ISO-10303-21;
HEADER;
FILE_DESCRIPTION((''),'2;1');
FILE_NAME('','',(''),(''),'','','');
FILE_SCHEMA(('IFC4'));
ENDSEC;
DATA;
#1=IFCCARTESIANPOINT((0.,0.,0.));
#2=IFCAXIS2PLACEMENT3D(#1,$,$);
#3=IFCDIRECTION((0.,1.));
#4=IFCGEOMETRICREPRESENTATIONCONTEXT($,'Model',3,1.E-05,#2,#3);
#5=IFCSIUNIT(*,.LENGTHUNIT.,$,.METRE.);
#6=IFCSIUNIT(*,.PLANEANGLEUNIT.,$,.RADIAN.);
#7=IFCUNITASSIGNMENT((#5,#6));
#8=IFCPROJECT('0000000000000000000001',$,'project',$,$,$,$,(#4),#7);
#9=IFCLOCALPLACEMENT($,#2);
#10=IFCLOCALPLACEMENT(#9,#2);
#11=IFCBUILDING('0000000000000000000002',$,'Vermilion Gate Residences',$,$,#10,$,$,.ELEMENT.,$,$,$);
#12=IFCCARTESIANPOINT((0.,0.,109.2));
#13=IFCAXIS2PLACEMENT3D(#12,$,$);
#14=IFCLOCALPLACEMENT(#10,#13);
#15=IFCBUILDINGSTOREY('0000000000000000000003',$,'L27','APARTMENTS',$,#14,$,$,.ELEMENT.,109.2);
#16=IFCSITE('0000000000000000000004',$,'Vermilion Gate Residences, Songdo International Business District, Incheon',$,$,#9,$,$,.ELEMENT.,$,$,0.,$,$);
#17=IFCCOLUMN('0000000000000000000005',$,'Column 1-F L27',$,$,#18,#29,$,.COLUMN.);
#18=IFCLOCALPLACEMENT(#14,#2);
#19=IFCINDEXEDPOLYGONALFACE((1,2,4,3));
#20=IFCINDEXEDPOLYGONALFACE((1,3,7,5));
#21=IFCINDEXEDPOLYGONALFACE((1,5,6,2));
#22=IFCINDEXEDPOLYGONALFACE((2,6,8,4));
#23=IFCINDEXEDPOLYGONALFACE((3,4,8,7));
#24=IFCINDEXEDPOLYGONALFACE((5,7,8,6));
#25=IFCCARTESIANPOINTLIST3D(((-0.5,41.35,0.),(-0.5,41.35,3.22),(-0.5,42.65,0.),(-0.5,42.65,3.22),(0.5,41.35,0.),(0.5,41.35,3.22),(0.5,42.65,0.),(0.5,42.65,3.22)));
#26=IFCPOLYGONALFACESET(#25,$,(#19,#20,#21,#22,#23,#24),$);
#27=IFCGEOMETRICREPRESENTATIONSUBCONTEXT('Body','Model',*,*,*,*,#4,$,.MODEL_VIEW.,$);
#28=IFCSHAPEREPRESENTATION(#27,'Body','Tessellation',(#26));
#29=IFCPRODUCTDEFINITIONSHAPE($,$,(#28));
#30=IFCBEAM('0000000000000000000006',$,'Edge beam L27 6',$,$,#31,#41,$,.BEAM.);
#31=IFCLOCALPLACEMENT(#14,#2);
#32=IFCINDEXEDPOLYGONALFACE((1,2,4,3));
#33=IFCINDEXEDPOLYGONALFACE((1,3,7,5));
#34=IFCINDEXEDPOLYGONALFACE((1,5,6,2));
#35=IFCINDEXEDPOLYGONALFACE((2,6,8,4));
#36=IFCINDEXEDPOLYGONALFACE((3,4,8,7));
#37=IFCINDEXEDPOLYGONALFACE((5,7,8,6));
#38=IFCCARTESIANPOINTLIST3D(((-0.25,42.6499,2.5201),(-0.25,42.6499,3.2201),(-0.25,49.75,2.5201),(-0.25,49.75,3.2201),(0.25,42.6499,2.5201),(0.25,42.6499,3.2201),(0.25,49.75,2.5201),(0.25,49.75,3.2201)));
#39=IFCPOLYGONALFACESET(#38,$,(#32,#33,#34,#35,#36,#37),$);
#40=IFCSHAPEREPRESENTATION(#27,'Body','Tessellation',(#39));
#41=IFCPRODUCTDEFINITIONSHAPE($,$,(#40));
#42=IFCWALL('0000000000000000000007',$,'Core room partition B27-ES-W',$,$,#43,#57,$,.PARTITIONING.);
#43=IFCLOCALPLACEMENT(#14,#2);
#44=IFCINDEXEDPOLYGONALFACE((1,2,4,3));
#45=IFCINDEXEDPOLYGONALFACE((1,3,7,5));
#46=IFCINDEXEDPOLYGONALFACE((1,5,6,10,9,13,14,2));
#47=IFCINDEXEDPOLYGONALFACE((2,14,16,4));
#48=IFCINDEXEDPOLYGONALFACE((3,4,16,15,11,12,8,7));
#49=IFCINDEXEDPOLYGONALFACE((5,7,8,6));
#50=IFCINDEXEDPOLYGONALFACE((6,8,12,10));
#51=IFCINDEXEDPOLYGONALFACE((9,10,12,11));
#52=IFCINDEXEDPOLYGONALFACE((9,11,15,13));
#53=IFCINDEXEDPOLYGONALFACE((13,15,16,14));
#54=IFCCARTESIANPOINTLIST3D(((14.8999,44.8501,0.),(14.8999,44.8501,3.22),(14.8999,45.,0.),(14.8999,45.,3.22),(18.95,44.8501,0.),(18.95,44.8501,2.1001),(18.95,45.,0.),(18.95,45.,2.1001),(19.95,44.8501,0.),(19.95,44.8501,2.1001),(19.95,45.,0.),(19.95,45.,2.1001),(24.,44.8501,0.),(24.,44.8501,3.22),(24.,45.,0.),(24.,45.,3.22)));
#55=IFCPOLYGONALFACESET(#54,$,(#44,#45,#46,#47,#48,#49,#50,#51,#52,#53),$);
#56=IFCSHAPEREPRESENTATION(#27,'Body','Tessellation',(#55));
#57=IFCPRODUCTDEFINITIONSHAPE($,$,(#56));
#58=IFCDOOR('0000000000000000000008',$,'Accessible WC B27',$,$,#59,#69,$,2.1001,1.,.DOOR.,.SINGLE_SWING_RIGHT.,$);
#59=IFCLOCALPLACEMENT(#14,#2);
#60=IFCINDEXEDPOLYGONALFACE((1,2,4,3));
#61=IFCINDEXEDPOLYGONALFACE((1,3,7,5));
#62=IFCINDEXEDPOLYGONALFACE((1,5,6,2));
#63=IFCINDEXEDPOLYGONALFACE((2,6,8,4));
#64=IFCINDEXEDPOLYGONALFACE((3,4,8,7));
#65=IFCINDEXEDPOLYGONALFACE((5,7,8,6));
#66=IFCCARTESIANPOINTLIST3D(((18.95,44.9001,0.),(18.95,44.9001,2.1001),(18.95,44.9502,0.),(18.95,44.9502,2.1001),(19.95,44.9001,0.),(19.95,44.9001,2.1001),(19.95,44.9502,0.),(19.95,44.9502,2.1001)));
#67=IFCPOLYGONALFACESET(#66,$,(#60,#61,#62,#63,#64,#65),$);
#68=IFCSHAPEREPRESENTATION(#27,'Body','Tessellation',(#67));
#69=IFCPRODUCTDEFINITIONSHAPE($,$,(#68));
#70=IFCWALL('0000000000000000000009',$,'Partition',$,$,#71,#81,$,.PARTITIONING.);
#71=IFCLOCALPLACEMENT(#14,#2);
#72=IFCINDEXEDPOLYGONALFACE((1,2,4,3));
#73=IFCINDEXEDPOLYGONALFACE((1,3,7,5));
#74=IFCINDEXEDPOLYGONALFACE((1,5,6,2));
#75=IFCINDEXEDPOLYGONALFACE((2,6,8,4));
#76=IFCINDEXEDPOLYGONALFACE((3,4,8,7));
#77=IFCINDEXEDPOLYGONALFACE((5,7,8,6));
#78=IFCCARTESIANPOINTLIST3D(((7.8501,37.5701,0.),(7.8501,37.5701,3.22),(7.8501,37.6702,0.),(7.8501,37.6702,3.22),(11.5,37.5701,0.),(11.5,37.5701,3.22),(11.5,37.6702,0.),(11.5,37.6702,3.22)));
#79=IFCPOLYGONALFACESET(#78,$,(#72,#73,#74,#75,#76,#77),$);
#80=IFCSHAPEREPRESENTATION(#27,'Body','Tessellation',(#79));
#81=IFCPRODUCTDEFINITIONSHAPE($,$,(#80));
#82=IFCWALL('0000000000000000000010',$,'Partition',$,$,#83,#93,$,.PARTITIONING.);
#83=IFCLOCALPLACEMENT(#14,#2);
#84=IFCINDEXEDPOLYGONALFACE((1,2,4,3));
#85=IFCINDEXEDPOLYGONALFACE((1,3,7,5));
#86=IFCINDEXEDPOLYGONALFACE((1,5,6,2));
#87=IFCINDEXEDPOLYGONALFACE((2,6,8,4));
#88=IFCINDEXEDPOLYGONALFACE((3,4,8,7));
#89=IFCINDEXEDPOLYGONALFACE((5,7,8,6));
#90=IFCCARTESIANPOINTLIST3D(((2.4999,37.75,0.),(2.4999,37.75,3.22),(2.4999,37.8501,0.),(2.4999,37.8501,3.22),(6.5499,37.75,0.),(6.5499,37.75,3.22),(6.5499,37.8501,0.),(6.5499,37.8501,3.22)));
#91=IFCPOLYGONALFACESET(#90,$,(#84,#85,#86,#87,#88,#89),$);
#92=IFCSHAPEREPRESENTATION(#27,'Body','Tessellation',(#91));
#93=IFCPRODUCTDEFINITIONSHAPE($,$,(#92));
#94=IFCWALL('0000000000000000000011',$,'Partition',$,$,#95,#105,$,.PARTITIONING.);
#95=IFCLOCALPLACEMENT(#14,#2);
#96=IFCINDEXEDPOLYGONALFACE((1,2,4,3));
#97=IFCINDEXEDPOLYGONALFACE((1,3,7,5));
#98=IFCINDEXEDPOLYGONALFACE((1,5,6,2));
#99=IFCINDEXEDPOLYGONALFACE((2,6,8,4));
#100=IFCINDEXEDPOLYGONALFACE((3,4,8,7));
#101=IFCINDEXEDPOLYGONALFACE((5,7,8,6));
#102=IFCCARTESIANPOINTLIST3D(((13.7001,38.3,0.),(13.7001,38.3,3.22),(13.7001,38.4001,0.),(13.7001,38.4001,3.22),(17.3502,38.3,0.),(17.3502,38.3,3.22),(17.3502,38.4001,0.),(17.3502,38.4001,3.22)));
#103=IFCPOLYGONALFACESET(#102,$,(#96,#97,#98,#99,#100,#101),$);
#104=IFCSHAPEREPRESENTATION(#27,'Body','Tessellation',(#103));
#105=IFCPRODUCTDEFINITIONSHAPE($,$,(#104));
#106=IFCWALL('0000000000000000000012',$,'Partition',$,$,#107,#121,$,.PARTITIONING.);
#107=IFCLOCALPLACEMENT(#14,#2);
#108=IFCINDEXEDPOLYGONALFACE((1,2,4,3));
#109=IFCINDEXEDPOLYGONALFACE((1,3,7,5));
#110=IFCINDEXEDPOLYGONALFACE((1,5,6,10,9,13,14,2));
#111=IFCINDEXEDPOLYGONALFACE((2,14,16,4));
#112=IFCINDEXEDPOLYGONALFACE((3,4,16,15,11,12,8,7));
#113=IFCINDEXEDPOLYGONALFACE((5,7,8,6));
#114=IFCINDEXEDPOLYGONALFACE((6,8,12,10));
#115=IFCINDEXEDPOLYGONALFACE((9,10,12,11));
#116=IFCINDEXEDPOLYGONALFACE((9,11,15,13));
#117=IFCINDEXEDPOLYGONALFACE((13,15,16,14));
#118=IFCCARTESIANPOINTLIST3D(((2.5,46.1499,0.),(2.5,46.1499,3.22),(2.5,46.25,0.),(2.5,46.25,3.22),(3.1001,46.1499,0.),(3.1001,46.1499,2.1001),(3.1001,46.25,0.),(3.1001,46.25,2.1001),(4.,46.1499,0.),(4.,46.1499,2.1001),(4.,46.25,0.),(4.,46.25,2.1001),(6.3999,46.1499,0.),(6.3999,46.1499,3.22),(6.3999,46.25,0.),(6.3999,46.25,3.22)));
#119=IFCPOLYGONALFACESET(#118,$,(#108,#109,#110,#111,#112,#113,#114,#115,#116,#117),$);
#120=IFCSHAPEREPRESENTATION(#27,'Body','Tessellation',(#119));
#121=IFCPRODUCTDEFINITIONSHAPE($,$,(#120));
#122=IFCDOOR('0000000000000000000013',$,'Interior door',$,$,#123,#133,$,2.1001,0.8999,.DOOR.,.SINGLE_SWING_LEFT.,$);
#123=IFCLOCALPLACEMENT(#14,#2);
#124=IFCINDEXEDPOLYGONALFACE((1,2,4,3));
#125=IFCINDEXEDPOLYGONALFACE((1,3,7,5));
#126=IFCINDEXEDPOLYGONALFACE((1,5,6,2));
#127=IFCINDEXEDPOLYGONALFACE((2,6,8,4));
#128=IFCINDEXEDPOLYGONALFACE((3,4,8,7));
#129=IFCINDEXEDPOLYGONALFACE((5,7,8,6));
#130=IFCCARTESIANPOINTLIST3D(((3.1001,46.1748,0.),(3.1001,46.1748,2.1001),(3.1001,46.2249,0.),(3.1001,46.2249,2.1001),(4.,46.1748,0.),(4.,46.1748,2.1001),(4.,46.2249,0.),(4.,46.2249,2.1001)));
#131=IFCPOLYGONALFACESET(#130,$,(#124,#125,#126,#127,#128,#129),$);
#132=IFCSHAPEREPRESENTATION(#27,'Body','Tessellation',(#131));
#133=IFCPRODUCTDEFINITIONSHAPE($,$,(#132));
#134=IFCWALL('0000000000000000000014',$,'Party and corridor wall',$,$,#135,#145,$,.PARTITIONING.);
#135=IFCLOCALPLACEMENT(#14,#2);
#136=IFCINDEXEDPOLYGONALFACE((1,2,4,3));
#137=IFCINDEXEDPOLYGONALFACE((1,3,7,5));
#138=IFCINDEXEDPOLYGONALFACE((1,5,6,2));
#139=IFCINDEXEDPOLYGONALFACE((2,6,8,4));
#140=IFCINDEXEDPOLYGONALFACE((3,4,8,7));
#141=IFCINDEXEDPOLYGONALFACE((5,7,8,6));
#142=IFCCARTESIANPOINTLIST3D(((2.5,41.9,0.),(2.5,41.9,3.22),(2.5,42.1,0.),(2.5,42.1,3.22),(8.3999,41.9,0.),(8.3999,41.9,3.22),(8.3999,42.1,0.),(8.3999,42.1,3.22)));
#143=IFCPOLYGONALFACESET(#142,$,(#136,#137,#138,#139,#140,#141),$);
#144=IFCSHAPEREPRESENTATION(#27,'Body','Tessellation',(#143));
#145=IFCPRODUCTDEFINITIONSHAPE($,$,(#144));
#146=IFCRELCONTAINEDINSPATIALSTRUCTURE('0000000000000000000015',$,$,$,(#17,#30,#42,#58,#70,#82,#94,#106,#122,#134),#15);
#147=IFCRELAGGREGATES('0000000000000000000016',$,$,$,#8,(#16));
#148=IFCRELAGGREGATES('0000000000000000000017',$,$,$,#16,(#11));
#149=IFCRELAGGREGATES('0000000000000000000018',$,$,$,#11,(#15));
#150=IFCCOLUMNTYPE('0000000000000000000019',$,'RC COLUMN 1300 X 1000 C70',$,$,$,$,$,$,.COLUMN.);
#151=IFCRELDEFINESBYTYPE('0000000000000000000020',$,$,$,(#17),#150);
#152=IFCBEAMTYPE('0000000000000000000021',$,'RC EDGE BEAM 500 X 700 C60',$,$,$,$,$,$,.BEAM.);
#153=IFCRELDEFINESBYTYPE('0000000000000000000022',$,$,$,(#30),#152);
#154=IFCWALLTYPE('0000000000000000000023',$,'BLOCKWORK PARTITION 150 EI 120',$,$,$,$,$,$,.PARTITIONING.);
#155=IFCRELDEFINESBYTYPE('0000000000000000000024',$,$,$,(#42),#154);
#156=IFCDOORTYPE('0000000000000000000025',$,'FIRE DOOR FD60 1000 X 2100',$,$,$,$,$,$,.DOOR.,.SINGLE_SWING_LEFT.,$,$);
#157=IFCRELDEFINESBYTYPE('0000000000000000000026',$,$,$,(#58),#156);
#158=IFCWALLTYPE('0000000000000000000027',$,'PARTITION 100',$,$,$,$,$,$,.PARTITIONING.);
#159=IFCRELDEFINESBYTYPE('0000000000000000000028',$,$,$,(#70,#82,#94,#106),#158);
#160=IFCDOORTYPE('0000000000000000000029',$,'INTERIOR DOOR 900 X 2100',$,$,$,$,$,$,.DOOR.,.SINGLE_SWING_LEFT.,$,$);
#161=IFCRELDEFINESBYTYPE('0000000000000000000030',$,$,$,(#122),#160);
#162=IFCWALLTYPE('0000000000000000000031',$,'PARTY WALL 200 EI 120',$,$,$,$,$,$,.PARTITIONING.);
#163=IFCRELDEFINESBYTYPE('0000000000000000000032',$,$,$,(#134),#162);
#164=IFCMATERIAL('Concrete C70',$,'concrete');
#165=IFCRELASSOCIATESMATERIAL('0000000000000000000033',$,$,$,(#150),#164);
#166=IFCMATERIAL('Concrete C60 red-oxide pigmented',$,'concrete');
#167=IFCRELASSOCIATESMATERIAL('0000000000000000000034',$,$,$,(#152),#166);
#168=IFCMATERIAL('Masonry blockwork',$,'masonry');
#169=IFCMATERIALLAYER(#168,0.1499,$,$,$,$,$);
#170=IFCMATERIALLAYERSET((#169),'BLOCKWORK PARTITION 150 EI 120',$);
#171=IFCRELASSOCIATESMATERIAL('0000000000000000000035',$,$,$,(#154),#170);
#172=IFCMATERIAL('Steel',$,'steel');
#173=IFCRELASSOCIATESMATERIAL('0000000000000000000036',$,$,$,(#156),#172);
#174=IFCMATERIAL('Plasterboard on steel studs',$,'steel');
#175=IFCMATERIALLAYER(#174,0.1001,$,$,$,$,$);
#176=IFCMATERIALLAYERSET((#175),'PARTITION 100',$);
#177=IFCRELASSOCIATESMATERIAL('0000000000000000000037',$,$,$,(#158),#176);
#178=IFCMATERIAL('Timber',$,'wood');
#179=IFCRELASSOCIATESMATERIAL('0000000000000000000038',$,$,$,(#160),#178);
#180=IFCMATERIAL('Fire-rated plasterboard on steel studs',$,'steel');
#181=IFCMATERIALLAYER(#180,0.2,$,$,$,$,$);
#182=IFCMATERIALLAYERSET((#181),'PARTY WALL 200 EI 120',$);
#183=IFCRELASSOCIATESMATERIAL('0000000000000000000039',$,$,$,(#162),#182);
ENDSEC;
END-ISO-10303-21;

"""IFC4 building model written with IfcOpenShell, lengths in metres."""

from ifc_helpers import new_model, si_unit, direction, frame, frame_2d, origin, origin_2d, place, context, subcontext, project, spatial, rectangle, extrude, material, layer, layer_set, material_profile, profile_set, type_object, element, fill, save


model = new_model("IFC4")

# Units and contexts
model_context = context("Model", 3, precision=1e-05, world=origin(), true_north=direction((0.0, 1.0)))
body_context = subcontext(model_context, "Body", "Model", "MODEL_VIEW")
ifc_project = project(units=[si_unit("LENGTHUNIT", "METRE"), si_unit("PLANEANGLEUNIT", "RADIAN")], contexts=[model_context])

# Site, building, storey
site_placement = place(None, origin())
site = spatial("IfcSite", under=ifc_project, at=site_placement, Name="Vermilion Gate Residences, Songdo International Business District, Incheon", CompositionType="ELEMENT", RefElevation=0.0)
building_placement = place(site_placement, origin())
building = spatial("IfcBuilding", under=site, at=building_placement, Name="Vermilion Gate Residences", CompositionType="ELEMENT")
storey_placement = place(building_placement, frame((0.0, 0.0, 109.2)))
storey = spatial("IfcBuildingStorey", under=building, at=storey_placement, Name="L27", Description="APARTMENTS", CompositionType="ELEMENT", Elevation=109.2)

# Column
ifc_material_1 = material(Name="Concrete C70", Category="concrete")
ifc_material_profile_1 = material_profile(ifc_material_1, rectangle(XDim=1.3, YDim=1.0, at=origin_2d()), Name="RC-1300x1000")
ifc_profile_set_1 = profile_set([ifc_material_profile_1], Name="Concrete C70")
column_type = type_object("IfcColumnType", Name="RC COLUMN 1300 X 1000 C70", PredefinedType="COLUMN", material=ifc_profile_set_1)
column_placement = place(storey_placement, frame((0.0, 42.0, 0.0), z_axis=(0.0, 0.0, 1.0), x_axis=(0.0, 1.0, 0.0)))
element("IfcColumn", 1, at=column_placement, inside=storey, type_object=column_type, Name="Column 1-F L27", PredefinedType="COLUMN", context=body_context, shape_type="SweptSolid", body=[
    extrude(rectangle(XDim=1.3, YDim=1.0, at=origin_2d()), origin(), (0.0, 0.0, 1.0), 3.22),
])

# Beam
ifc_material_2 = material(Name="Concrete C60 red-oxide pigmented", Category="concrete")
ifc_material_profile_2 = material_profile(ifc_material_2, rectangle(XDim=0.5, YDim=0.7, at=origin_2d()), Name="RC-500x700")
ifc_profile_set_2 = profile_set([ifc_material_profile_2], Name="Concrete C60 red-oxide pigmented")
beam_type = type_object("IfcBeamType", Name="RC EDGE BEAM 500 X 700 C60", PredefinedType="BEAM", material=ifc_profile_set_2)
beam_placement = place(storey_placement, frame((0.0, 42.6499, 2.8701), z_axis=(0.0, 1.0, 0.0), x_axis=(-1.0, 0.0, 0.0)))
element("IfcBeam", 2, at=beam_placement, inside=storey, type_object=beam_type, Name="Edge beam L27 6", PredefinedType="BEAM", context=body_context, shape_type="SweptSolid", body=[
    extrude(rectangle(XDim=0.5, YDim=0.7, at=origin_2d()), origin(), (0.0, 0.0, 1.0), 7.1001),
])

# Wall, opening, door
ifc_material_3 = material(Name="Masonry blockwork", Category="masonry")
ifc_layer_1 = layer(ifc_material_3, 0.1499)
ifc_layer_set_1 = layer_set([ifc_layer_1], Name="BLOCKWORK PARTITION 150 EI 120")
wall_type_1 = type_object("IfcWallType", Name="BLOCKWORK PARTITION 150 EI 120", PredefinedType="PARTITIONING", material=ifc_layer_set_1)
wall_1_placement = place(storey_placement, frame((14.8999, 44.925, 0.0), z_axis=(0.0, 0.0, 1.0), x_axis=(1.0, 0.0, 0.0)))
wall_1 = element("IfcWall", 3, at=wall_1_placement, inside=storey, type_object=wall_type_1, Name="Core room partition B27-ES-W", PredefinedType="PARTITIONING", context=body_context, shape_type="SweptSolid", body=[
    extrude(rectangle(XDim=9.1001, YDim=0.1499, at=frame_2d((4.55, 0.0))), origin(), (0.0, 0.0, 1.0), 3.22),
])
opening_1_placement = place(wall_1_placement, frame((4.05, 0.0, 0.0)))
opening_1 = element("IfcOpeningElement", 4, at=opening_1_placement, cuts=wall_1, PredefinedType="OPENING", context=body_context, shape_type="SweptSolid", body=[
    extrude(rectangle(XDim=1.0, YDim=2.1001, at=frame_2d((0.5, 1.05))), frame((0.0, 0.085, 0.0), z_axis=(0.0, -1.0, 0.0), x_axis=(1.0, 0.0, 0.0)), (0.0, 0.0, 1.0), 0.1699),
])
ifc_material_4 = material(Name="Steel", Category="steel")
door_type_1 = type_object("IfcDoorType", Name="FIRE DOOR FD60 1000 X 2100", OperationType="SINGLE_SWING_LEFT", PredefinedType="DOOR", material=ifc_material_4)
door_1_placement = place(opening_1_placement, frame((1.0, 0.0, 0.0), z_axis=(0.0, 0.0, 1.0), x_axis=(-1.0, 0.0, 0.0)))
door_1 = element("IfcDoor", 5, at=door_1_placement, inside=storey, type_object=door_type_1, Name="Accessible WC B27", OperationType="SINGLE_SWING_RIGHT", OverallHeight=2.1001, OverallWidth=1.0, PredefinedType="DOOR", context=body_context, shape_type="SweptSolid", body=[
    extrude(rectangle(XDim=1.0, YDim=2.1001, at=frame_2d((0.5, 1.05))), frame((0.0, 0.0249, 0.0), z_axis=(0.0, -1.0, 0.0), x_axis=(1.0, 0.0, 0.0)), (0.0, 0.0, 1.0), 0.05),
])
fill(opening_1, door_1)

# Walls
ifc_material_5 = material(Name="Plasterboard on steel studs", Category="steel")
ifc_layer_2 = layer(ifc_material_5, 0.1001)
ifc_layer_set_2 = layer_set([ifc_layer_2], Name="PARTITION 100")
wall_type_2 = type_object("IfcWallType", Name="PARTITION 100", PredefinedType="PARTITIONING", material=ifc_layer_set_2)
wall_2_placement = place(storey_placement, frame((7.8501, 37.6201, 0.0), z_axis=(0.0, 0.0, 1.0), x_axis=(1.0, 0.0, 0.0)))
element("IfcWall", 6, at=wall_2_placement, inside=storey, type_object=wall_type_2, Name="Partition", PredefinedType="PARTITIONING", context=body_context, shape_type="SweptSolid", body=[
    extrude(rectangle(XDim=3.6499, YDim=0.1001, at=frame_2d((1.825, 0.0))), origin(), (0.0, 0.0, 1.0), 3.22),
])
wall_3_placement = place(storey_placement, frame((2.5, 37.8, 0.0), z_axis=(0.0, 0.0, 1.0), x_axis=(1.0, 0.0, 0.0)))
element("IfcWall", 7, at=wall_3_placement, inside=storey, type_object=wall_type_2, Name="Partition", PredefinedType="PARTITIONING", context=body_context, shape_type="SweptSolid", body=[
    extrude(rectangle(XDim=4.05, YDim=0.1001, at=frame_2d((2.0249, 0.0))), origin(), (0.0, 0.0, 1.0), 3.22),
])
wall_4_placement = place(storey_placement, frame((13.7, 38.3501, 0.0), z_axis=(0.0, 0.0, 1.0), x_axis=(1.0, 0.0, 0.0)))
element("IfcWall", 8, at=wall_4_placement, inside=storey, type_object=wall_type_2, Name="Partition", PredefinedType="PARTITIONING", context=body_context, shape_type="SweptSolid", body=[
    extrude(rectangle(XDim=3.6501, YDim=0.1001, at=frame_2d((1.8252, 0.0))), origin(), (0.0, 0.0, 1.0), 3.22),
])

# Wall, opening, door
wall_5_placement = place(storey_placement, frame((2.5, 46.2, 0.0), z_axis=(0.0, 0.0, 1.0), x_axis=(1.0, 0.0, 0.0)))
wall_5 = element("IfcWall", 9, at=wall_5_placement, inside=storey, type_object=wall_type_2, Name="Partition", PredefinedType="PARTITIONING", context=body_context, shape_type="SweptSolid", body=[
    extrude(rectangle(XDim=3.8999, YDim=0.1001, at=frame_2d((1.95, 0.0))), origin(), (0.0, 0.0, 1.0), 3.22),
])
opening_2_placement = place(wall_5_placement, frame((0.6001, 0.0, 0.0)))
opening_2 = element("IfcOpeningElement", 10, at=opening_2_placement, cuts=wall_5, PredefinedType="OPENING", context=body_context, shape_type="SweptSolid", body=[
    extrude(rectangle(XDim=0.8999, YDim=2.1001, at=frame_2d((0.45, 1.05))), frame((0.0, 0.0601, 0.0), z_axis=(0.0, -1.0, 0.0), x_axis=(1.0, 0.0, 0.0)), (0.0, 0.0, 1.0), 0.1201),
])
ifc_material_6 = material(Name="Timber", Category="wood")
door_type_2 = type_object("IfcDoorType", Name="INTERIOR DOOR 900 X 2100", OperationType="SINGLE_SWING_LEFT", PredefinedType="DOOR", material=ifc_material_6)
door_2_placement = place(opening_2_placement, origin())
door_2 = element("IfcDoor", 11, at=door_2_placement, inside=storey, type_object=door_type_2, Name="Interior door", OperationType="SINGLE_SWING_LEFT", OverallHeight=2.1001, OverallWidth=0.8999, PredefinedType="DOOR", context=body_context, shape_type="SweptSolid", body=[
    extrude(rectangle(XDim=0.8999, YDim=2.1001, at=frame_2d((0.45, 1.05))), frame((0.0, 0.0249, 0.0), z_axis=(0.0, -1.0, 0.0), x_axis=(1.0, 0.0, 0.0)), (0.0, 0.0, 1.0), 0.05),
])
fill(opening_2, door_2)

# Wall
ifc_material_7 = material(Name="Fire-rated plasterboard on steel studs", Category="steel")
ifc_layer_3 = layer(ifc_material_7, 0.2)
ifc_layer_set_3 = layer_set([ifc_layer_3], Name="PARTY WALL 200 EI 120")
wall_type_3 = type_object("IfcWallType", Name="PARTY WALL 200 EI 120", PredefinedType="PARTITIONING", material=ifc_layer_set_3)
wall_6_placement = place(storey_placement, frame((2.5, 42.0, 0.0), z_axis=(0.0, 0.0, 1.0), x_axis=(1.0, 0.0, 0.0)))
element("IfcWall", 12, at=wall_6_placement, inside=storey, type_object=wall_type_3, Name="Party and corridor wall", PredefinedType="PARTITIONING", context=body_context, shape_type="SweptSolid", body=[
    extrude(rectangle(XDim=5.8999, YDim=0.2, at=frame_2d((2.95, 0.0))), origin(), (0.0, 0.0, 1.0), 3.22),
])

save(model, "model.ifc")
